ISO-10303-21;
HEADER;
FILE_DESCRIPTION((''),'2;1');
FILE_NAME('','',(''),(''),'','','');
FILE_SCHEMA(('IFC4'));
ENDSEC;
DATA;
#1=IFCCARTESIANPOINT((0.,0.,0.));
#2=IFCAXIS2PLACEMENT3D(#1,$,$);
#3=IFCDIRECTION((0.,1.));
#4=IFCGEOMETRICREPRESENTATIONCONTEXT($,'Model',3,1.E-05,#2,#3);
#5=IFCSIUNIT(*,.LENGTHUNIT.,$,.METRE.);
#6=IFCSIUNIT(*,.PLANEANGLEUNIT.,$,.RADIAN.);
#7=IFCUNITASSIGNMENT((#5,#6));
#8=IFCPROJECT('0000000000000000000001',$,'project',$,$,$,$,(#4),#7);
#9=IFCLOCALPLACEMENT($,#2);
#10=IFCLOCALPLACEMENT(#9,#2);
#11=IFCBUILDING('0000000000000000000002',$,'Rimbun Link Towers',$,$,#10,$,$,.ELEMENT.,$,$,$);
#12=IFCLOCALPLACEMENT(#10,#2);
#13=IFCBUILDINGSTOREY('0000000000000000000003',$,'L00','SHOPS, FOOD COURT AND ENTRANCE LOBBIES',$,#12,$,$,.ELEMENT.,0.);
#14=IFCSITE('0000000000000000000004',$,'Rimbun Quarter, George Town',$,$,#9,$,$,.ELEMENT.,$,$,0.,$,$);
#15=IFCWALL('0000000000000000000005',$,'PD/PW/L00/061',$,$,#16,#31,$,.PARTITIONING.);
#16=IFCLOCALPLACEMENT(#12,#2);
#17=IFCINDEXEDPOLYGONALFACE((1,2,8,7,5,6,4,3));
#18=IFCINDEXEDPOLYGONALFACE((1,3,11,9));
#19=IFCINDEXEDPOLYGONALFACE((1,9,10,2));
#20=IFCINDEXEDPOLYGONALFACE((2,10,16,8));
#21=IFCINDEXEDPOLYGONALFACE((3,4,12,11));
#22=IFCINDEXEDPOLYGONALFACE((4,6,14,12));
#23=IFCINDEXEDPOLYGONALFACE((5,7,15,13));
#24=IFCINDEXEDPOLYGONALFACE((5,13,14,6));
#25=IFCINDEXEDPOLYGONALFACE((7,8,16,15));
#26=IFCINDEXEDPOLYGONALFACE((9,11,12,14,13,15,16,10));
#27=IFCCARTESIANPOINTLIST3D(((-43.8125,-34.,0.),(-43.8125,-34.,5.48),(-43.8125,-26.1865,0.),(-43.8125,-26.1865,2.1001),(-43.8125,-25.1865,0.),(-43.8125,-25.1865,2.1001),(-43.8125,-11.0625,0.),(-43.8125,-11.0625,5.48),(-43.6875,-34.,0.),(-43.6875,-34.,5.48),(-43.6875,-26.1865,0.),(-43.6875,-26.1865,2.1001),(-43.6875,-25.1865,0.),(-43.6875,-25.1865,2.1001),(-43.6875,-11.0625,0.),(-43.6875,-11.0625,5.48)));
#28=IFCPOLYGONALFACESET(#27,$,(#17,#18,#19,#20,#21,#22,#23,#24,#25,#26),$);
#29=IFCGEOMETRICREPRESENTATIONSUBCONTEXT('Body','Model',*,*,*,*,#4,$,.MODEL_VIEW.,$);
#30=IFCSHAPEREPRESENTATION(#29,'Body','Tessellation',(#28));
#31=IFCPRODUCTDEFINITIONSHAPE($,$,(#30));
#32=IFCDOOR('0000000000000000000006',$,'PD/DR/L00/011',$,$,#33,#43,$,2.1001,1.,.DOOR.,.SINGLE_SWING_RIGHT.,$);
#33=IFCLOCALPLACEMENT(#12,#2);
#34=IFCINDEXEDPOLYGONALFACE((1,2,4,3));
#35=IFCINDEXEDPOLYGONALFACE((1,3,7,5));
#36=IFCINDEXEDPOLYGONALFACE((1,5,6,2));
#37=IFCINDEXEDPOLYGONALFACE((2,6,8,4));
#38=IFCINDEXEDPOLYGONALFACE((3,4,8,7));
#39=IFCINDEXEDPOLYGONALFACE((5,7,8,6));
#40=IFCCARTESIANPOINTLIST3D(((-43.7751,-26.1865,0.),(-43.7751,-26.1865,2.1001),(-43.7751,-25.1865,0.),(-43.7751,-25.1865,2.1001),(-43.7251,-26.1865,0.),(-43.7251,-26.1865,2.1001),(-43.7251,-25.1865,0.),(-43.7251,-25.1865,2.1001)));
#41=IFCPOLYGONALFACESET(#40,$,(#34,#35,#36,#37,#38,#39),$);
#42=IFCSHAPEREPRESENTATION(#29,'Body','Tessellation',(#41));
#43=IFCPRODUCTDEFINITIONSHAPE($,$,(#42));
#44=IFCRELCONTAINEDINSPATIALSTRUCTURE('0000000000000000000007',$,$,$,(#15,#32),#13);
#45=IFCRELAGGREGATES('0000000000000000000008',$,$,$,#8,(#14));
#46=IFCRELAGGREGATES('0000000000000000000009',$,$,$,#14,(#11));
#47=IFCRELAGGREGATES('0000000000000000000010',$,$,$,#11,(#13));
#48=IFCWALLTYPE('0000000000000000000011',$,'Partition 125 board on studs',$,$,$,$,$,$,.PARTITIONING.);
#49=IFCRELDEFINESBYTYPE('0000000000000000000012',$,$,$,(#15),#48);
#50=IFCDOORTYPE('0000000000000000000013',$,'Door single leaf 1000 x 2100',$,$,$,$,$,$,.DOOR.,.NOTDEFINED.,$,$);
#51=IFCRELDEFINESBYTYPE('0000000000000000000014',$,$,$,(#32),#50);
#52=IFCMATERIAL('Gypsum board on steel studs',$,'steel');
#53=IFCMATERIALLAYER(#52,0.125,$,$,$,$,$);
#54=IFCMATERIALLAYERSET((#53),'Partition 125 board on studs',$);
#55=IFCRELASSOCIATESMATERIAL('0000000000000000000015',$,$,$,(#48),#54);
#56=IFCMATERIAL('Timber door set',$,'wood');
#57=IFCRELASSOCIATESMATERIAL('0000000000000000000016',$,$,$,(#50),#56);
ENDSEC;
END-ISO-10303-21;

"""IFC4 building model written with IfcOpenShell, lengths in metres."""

from ifc_helpers import new_model, si_unit, direction, frame, frame_2d, origin, place, context, subcontext, project, spatial, rectangle, extrude, material, layer, layer_set, type_object, element, fill, save


model = new_model("IFC4")

# Units and contexts
model_context = context("Model", 3, precision=1e-05, world=origin(), true_north=direction((0.0, 1.0)))
body_context = subcontext(model_context, "Body", "Model", "MODEL_VIEW")
ifc_project = project(units=[si_unit("LENGTHUNIT", "METRE"), si_unit("PLANEANGLEUNIT", "RADIAN")], contexts=[model_context])

# Site, building, storey
site_placement = place(None, origin())
site = spatial("IfcSite", under=ifc_project, at=site_placement, Name="Rimbun Quarter, George Town", CompositionType="ELEMENT", RefElevation=0.0)
building_placement = place(site_placement, origin())
building = spatial("IfcBuilding", under=site, at=building_placement, Name="Rimbun Link Towers", CompositionType="ELEMENT")
storey_placement = place(building_placement, origin())
storey = spatial("IfcBuildingStorey", under=building, at=storey_placement, Name="L00", Description="SHOPS, FOOD COURT AND ENTRANCE LOBBIES", CompositionType="ELEMENT", Elevation=0.0)

# Wall, opening, door
ifc_material_1 = material(Name="Gypsum board on steel studs", Category="steel")
ifc_layer_1 = layer(ifc_material_1, 0.125)
ifc_layer_set_1 = layer_set([ifc_layer_1], Name="Partition 125 board on studs")
wall_type_1 = type_object("IfcWallType", Name="Partition 125 board on studs", PredefinedType="PARTITIONING", material=ifc_layer_set_1)
wall_1_placement = place(storey_placement, frame((-43.75, -11.0625, 0.0), z_axis=(0.0, 0.0, 1.0), x_axis=(0.0, -1.0, 0.0)))
wall_1 = element("IfcWall", 1, at=wall_1_placement, inside=storey, type_object=wall_type_1, Name="PD/PW/L00/061", PredefinedType="PARTITIONING", context=body_context, shape_type="SweptSolid", body=[
    extrude(rectangle(XDim=22.9375, YDim=0.125, at=frame_2d((11.4688, 0.0))), origin(), (0.0, 0.0, 1.0), 5.48),
])
opening_1_placement = place(wall_1_placement, frame((14.124, 0.0, 0.0)))
opening_1 = element("IfcOpeningElement", 2, at=opening_1_placement, cuts=wall_1, PredefinedType="OPENING", context=body_context, shape_type="SweptSolid", body=[
    extrude(rectangle(XDim=1.0, YDim=2.1001, at=frame_2d((0.5, 1.05))), frame((0.0, 0.0725, 0.0), z_axis=(0.0, -1.0, 0.0), x_axis=(1.0, 0.0, 0.0)), (0.0, 0.0, 1.0), 0.145),
])
ifc_material_2 = material(Name="Timber door set", Category="wood")
door_type_1 = type_object("IfcDoorType", Name="Door single leaf 1000 x 2100", OperationType="NOTDEFINED", PredefinedType="DOOR", material=ifc_material_2)
door_1_placement = place(opening_1_placement, origin())
door_1 = element("IfcDoor", 3, at=door_1_placement, inside=storey, type_object=door_type_1, Name="PD/DR/L00/011", OperationType="SINGLE_SWING_RIGHT", OverallHeight=2.1001, OverallWidth=1.0, PredefinedType="DOOR", context=body_context, shape_type="SweptSolid", body=[
    extrude(rectangle(XDim=1.0, YDim=2.1001, at=frame_2d((0.5, 1.05))), frame((0.0, 0.0249, 0.0), z_axis=(0.0, -1.0, 0.0), x_axis=(1.0, 0.0, 0.0)), (0.0, 0.0, 1.0), 0.05),
])
fill(opening_1, door_1)

save(model, "model.ifc")
